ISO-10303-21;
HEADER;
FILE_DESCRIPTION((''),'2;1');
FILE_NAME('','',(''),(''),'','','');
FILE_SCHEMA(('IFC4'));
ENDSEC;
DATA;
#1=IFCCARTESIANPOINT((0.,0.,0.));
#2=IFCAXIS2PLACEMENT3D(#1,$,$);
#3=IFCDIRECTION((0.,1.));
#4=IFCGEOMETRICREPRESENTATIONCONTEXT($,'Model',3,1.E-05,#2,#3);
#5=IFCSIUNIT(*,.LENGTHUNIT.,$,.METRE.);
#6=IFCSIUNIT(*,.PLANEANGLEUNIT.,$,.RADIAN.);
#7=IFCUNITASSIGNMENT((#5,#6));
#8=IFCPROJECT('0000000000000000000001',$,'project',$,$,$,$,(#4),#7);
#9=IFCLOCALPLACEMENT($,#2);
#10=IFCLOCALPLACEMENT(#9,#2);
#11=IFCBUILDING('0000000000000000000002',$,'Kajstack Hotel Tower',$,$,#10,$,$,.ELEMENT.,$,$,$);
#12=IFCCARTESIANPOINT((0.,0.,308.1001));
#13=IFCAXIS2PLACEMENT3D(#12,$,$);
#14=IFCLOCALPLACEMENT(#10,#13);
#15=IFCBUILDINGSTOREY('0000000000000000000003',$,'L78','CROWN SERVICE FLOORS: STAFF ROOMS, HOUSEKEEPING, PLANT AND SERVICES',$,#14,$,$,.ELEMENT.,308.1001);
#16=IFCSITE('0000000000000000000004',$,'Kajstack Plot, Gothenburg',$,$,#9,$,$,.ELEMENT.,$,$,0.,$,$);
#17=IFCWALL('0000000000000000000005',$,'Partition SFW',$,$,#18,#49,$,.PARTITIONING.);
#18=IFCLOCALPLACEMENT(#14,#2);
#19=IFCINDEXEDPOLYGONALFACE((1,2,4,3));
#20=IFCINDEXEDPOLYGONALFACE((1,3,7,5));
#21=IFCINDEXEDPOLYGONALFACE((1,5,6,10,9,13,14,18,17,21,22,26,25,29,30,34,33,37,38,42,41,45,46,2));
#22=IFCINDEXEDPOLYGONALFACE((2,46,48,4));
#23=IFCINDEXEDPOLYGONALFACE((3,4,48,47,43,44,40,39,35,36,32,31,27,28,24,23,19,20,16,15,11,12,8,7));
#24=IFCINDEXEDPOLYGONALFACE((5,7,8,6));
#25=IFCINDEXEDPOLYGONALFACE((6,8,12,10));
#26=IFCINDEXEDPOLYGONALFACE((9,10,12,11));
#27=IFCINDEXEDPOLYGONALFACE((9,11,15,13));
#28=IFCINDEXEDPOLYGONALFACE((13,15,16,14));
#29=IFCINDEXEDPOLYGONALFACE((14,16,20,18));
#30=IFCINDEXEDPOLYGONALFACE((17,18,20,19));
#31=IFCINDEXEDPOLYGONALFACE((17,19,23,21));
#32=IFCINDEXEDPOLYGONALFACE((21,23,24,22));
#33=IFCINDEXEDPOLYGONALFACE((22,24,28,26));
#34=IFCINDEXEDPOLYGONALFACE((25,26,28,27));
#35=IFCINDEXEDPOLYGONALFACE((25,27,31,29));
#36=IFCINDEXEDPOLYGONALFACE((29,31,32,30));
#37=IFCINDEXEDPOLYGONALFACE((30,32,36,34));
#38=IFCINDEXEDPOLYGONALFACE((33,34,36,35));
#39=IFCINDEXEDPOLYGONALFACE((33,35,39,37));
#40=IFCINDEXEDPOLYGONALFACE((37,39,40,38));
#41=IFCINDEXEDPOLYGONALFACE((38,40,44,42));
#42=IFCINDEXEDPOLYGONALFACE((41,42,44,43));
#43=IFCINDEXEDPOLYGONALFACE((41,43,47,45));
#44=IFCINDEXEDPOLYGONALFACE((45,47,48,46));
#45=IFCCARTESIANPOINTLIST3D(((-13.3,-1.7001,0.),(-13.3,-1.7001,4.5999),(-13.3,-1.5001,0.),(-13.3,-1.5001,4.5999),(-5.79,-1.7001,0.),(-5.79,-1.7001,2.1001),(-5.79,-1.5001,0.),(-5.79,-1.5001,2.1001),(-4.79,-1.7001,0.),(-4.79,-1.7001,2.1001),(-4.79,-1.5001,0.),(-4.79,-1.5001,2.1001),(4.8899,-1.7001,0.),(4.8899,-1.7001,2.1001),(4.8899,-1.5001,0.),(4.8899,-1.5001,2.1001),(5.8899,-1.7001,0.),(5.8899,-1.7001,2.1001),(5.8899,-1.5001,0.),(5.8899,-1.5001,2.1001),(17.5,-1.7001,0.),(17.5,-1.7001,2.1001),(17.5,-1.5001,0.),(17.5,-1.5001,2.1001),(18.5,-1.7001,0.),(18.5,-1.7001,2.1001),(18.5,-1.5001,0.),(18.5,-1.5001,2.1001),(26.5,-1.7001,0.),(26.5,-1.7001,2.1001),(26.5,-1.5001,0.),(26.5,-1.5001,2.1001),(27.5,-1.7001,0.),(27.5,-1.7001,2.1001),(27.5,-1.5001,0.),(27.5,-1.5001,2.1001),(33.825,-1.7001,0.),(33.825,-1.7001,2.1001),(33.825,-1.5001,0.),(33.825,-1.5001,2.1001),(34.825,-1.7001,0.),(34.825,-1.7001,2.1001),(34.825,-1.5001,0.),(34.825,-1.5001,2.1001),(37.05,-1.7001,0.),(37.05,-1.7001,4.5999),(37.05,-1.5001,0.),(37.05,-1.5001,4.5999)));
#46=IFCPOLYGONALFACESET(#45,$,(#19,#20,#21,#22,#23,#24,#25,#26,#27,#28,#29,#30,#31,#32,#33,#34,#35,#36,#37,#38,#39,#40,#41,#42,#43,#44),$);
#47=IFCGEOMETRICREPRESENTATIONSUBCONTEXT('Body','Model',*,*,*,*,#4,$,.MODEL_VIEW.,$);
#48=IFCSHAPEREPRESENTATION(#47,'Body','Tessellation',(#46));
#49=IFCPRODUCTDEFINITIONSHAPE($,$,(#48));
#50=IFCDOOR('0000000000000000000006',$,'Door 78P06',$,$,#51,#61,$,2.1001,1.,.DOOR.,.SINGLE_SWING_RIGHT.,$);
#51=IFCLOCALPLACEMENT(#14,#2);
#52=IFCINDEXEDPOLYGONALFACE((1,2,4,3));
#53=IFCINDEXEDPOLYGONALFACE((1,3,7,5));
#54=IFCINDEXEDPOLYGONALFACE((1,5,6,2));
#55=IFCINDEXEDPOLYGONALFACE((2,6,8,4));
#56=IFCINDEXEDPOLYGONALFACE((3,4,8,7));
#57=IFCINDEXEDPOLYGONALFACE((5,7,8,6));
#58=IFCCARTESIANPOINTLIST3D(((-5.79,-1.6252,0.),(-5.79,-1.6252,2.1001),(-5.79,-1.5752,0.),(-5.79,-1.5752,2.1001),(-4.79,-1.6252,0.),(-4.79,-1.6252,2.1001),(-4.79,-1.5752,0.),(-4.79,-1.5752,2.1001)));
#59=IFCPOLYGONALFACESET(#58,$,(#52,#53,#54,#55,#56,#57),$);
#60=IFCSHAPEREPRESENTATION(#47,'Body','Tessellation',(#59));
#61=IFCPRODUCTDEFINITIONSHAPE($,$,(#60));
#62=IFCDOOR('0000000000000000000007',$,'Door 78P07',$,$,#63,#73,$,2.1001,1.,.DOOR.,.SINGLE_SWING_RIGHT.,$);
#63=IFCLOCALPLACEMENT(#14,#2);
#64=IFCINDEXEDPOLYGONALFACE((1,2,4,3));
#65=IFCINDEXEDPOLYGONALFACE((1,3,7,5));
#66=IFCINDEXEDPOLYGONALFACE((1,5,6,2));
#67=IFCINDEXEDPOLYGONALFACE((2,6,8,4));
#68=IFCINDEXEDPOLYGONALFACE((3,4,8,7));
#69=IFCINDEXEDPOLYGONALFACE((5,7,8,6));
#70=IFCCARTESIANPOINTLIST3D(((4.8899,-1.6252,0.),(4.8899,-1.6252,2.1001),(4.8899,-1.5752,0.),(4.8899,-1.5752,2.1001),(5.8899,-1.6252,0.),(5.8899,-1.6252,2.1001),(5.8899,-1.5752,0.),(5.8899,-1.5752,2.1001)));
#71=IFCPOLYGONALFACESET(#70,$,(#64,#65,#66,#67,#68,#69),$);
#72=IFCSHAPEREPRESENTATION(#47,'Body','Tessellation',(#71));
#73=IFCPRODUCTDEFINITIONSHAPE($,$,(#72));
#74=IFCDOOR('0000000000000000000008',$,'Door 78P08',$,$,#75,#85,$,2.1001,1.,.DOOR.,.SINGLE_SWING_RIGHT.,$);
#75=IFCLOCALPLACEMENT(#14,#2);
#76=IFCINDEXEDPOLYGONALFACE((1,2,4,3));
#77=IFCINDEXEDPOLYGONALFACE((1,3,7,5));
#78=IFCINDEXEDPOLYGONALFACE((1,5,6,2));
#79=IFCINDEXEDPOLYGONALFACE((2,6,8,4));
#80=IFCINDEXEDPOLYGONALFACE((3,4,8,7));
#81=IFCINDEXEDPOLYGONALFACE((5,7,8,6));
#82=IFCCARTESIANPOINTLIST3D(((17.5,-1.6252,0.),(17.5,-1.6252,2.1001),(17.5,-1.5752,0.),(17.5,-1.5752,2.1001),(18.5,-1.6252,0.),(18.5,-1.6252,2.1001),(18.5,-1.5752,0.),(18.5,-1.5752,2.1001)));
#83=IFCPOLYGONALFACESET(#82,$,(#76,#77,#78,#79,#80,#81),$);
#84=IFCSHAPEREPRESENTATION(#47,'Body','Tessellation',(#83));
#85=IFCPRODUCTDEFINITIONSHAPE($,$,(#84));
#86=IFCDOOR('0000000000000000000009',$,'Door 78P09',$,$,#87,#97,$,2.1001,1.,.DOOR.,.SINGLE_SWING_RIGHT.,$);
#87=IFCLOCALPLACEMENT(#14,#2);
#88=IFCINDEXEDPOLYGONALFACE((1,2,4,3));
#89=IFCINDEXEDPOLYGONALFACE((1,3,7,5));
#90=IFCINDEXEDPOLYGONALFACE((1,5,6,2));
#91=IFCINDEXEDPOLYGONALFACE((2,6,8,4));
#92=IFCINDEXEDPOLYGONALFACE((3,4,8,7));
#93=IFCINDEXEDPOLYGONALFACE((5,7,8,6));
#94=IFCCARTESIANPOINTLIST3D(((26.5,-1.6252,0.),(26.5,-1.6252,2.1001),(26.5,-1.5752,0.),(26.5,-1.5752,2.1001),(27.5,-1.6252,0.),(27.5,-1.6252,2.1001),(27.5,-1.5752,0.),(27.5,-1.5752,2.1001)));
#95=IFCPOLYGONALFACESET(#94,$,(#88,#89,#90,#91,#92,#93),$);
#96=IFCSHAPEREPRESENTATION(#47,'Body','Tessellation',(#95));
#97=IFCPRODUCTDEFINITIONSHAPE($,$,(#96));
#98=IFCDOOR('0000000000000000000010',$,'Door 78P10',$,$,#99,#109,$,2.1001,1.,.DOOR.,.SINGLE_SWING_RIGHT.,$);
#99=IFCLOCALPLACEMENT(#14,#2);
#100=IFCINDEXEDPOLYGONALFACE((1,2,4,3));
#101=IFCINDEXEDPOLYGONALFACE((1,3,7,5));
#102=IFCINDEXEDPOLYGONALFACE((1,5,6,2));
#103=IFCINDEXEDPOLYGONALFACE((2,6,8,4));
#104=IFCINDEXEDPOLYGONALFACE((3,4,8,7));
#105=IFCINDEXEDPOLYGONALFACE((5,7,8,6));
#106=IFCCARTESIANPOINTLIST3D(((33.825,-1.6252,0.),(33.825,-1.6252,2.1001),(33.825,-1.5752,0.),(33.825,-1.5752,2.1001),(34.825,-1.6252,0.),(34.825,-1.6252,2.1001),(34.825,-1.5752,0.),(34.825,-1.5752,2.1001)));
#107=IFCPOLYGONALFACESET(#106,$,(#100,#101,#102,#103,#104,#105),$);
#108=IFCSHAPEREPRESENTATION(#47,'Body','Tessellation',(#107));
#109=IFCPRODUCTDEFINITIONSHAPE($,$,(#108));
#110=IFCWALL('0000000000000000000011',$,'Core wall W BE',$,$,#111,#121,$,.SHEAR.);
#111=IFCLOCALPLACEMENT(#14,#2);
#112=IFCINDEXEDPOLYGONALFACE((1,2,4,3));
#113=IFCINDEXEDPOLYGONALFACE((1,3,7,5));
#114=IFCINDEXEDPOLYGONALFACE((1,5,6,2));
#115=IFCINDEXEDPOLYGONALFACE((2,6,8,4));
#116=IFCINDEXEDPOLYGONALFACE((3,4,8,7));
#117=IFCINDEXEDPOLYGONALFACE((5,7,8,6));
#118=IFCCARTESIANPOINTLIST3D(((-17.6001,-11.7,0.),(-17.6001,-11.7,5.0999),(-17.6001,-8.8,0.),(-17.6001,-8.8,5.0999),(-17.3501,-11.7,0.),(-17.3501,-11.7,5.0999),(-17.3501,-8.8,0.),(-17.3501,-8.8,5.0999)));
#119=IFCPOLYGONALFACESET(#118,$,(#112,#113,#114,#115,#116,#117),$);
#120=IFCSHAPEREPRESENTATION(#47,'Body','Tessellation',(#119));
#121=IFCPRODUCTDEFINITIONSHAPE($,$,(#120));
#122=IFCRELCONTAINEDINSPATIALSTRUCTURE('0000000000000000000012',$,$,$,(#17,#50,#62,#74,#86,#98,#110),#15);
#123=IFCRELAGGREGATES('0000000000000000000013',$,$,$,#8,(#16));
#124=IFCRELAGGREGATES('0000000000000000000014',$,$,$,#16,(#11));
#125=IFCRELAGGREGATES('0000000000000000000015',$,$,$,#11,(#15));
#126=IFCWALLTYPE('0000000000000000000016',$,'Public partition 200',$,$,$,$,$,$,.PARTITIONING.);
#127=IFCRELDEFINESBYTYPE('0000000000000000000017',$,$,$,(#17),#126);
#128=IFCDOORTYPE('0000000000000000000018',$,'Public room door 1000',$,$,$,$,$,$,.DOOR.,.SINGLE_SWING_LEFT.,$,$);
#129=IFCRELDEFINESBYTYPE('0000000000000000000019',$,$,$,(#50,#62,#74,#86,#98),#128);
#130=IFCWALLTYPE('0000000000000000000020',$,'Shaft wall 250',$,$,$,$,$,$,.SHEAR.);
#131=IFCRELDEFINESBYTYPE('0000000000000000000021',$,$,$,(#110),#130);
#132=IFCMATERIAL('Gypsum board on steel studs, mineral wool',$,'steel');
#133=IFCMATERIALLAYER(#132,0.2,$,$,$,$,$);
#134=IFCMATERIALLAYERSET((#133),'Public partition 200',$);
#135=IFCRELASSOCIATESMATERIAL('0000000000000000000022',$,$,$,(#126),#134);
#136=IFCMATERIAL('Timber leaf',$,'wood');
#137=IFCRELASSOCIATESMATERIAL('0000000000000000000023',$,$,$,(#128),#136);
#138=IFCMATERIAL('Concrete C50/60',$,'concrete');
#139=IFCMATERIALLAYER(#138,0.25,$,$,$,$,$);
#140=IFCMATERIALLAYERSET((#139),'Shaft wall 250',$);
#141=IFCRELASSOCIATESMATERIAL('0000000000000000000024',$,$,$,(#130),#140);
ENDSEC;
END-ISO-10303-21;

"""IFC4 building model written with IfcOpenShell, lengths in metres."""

from ifc_helpers import new_model, si_unit, direction, frame, frame_2d, origin, place, context, subcontext, project, spatial, rectangle, extrude, material, layer, layer_set, type_object, element, fill, save


model = new_model("IFC4")

# Units and contexts
model_context = context("Model", 3, precision=1e-05, world=origin(), true_north=direction((0.0, 1.0)))
body_context = subcontext(model_context, "Body", "Model", "MODEL_VIEW")
ifc_project = project(units=[si_unit("LENGTHUNIT", "METRE"), si_unit("PLANEANGLEUNIT", "RADIAN")], contexts=[model_context])

# Site, building, storey
site_placement = place(None, origin())
site = spatial("IfcSite", under=ifc_project, at=site_placement, Name="Kajstack Plot, Gothenburg", CompositionType="ELEMENT", RefElevation=0.0)
building_placement = place(site_placement, origin())
building = spatial("IfcBuilding", under=site, at=building_placement, Name="Kajstack Hotel Tower", CompositionType="ELEMENT")
storey_placement = place(building_placement, frame((0.0, 0.0, 308.1001)))
storey = spatial("IfcBuildingStorey", under=building, at=storey_placement, Name="L78", Description="CROWN SERVICE FLOORS: STAFF ROOMS, HOUSEKEEPING, PLANT AND SERVICES", CompositionType="ELEMENT", Elevation=308.1001)

# Wall, openings, doors
ifc_material_1 = material(Name="Gypsum board on steel studs, mineral wool", Category="steel")
ifc_layer_1 = layer(ifc_material_1, 0.2)
ifc_layer_set_1 = layer_set([ifc_layer_1], Name="Public partition 200")
wall_type_1 = type_object("IfcWallType", Name="Public partition 200", PredefinedType="PARTITIONING", material=ifc_layer_set_1)
wall_1_placement = place(storey_placement, frame((-13.3, -1.6001, 0.0), z_axis=(0.0, 0.0, 1.0), x_axis=(1.0, 0.0, 0.0)))
wall_1 = element("IfcWall", 1, at=wall_1_placement, inside=storey, type_object=wall_type_1, Name="Partition SFW", PredefinedType="PARTITIONING", context=body_context, shape_type="SweptSolid", body=[
    extrude(rectangle(XDim=50.3501, YDim=0.2, at=frame_2d((25.175, 0.0))), origin(), (0.0, 0.0, 1.0), 4.5999),
])
opening_1_placement = place(wall_1_placement, frame((7.51, 0.0, 0.0)))
opening_1 = element("IfcOpeningElement", 2, at=opening_1_placement, cuts=wall_1, PredefinedType="OPENING", context=body_context, shape_type="SweptSolid", body=[
    extrude(rectangle(XDim=1.0, YDim=2.1001, at=frame_2d((0.5, 1.05))), frame((0.0, 0.1099, 0.0), z_axis=(0.0, -1.0, 0.0), x_axis=(1.0, 0.0, 0.0)), (0.0, 0.0, 1.0), 0.22),
])
opening_2_placement = place(wall_1_placement, frame((18.1899, 0.0, 0.0)))
opening_2 = element("IfcOpeningElement", 3, at=opening_2_placement, cuts=wall_1, PredefinedType="OPENING", context=body_context, shape_type="SweptSolid", body=[
    extrude(rectangle(XDim=1.0, YDim=2.1001, at=frame_2d((0.5, 1.05))), frame((0.0, 0.1099, 0.0), z_axis=(0.0, -1.0, 0.0), x_axis=(1.0, 0.0, 0.0)), (0.0, 0.0, 1.0), 0.22),
])
opening_3_placement = place(wall_1_placement, frame((30.8, 0.0, 0.0)))
opening_3 = element("IfcOpeningElement", 4, at=opening_3_placement, cuts=wall_1, PredefinedType="OPENING", context=body_context, shape_type="SweptSolid", body=[
    extrude(rectangle(XDim=1.0, YDim=2.1001, at=frame_2d((0.5, 1.05))), frame((0.0, 0.1099, 0.0), z_axis=(0.0, -1.0, 0.0), x_axis=(1.0, 0.0, 0.0)), (0.0, 0.0, 1.0), 0.22),
])
opening_4_placement = place(wall_1_placement, frame((39.8, 0.0, 0.0)))
opening_4 = element("IfcOpeningElement", 5, at=opening_4_placement, cuts=wall_1, PredefinedType="OPENING", context=body_context, shape_type="SweptSolid", body=[
    extrude(rectangle(XDim=1.0, YDim=2.1001, at=frame_2d((0.5, 1.05))), frame((0.0, 0.1099, 0.0), z_axis=(0.0, -1.0, 0.0), x_axis=(1.0, 0.0, 0.0)), (0.0, 0.0, 1.0), 0.22),
])
opening_5_placement = place(wall_1_placement, frame((47.125, 0.0, 0.0)))
opening_5 = element("IfcOpeningElement", 6, at=opening_5_placement, cuts=wall_1, PredefinedType="OPENING", context=body_context, shape_type="SweptSolid", body=[
    extrude(rectangle(XDim=1.0, YDim=2.1001, at=frame_2d((0.5, 1.05))), frame((0.0, 0.1099, 0.0), z_axis=(0.0, -1.0, 0.0), x_axis=(1.0, 0.0, 0.0)), (0.0, 0.0, 1.0), 0.22),
])
ifc_material_2 = material(Name="Timber leaf", Category="wood")
door_type = type_object("IfcDoorType", Name="Public room door 1000", OperationType="SINGLE_SWING_LEFT", PredefinedType="DOOR", material=ifc_material_2)
door_1_placement = place(opening_1_placement, origin())
door_1 = element("IfcDoor", 7, at=door_1_placement, inside=storey, type_object=door_type, Name="Door 78P06", OperationType="SINGLE_SWING_RIGHT", OverallHeight=2.1001, OverallWidth=1.0, PredefinedType="DOOR", context=body_context, shape_type="SweptSolid", body=[
    extrude(rectangle(XDim=1.0, YDim=2.1001, at=frame_2d((0.5, 1.05))), frame((0.0, 0.0249, 0.0), z_axis=(0.0, -1.0, 0.0), x_axis=(1.0, 0.0, 0.0)), (0.0, 0.0, 1.0), 0.05),
])
fill(opening_1, door_1)
door_2_placement = place(opening_2_placement, origin())
door_2 = element("IfcDoor", 8, at=door_2_placement, inside=storey, type_object=door_type, Name="Door 78P07", OperationType="SINGLE_SWING_RIGHT", OverallHeight=2.1001, OverallWidth=1.0, PredefinedType="DOOR", context=body_context, shape_type="SweptSolid", body=[
    extrude(rectangle(XDim=1.0, YDim=2.1001, at=frame_2d((0.5, 1.05))), frame((0.0, 0.0249, 0.0), z_axis=(0.0, -1.0, 0.0), x_axis=(1.0, 0.0, 0.0)), (0.0, 0.0, 1.0), 0.05),
])
fill(opening_2, door_2)
door_3_placement = place(opening_3_placement, origin())
door_3 = element("IfcDoor", 9, at=door_3_placement, inside=storey, type_object=door_type, Name="Door 78P08", OperationType="SINGLE_SWING_RIGHT", OverallHeight=2.1001, OverallWidth=1.0, PredefinedType="DOOR", context=body_context, shape_type="SweptSolid", body=[
    extrude(rectangle(XDim=1.0, YDim=2.1001, at=frame_2d((0.5, 1.05))), frame((0.0, 0.0249, 0.0), z_axis=(0.0, -1.0, 0.0), x_axis=(1.0, 0.0, 0.0)), (0.0, 0.0, 1.0), 0.05),
])
fill(opening_3, door_3)
door_4_placement = place(opening_4_placement, origin())
door_4 = element("IfcDoor", 10, at=door_4_placement, inside=storey, type_object=door_type, Name="Door 78P09", OperationType="SINGLE_SWING_RIGHT", OverallHeight=2.1001, OverallWidth=1.0, PredefinedType="DOOR", context=body_context, shape_type="SweptSolid", body=[
    extrude(rectangle(XDim=1.0, YDim=2.1001, at=frame_2d((0.5, 1.05))), frame((0.0, 0.0249, 0.0), z_axis=(0.0, -1.0, 0.0), x_axis=(1.0, 0.0, 0.0)), (0.0, 0.0, 1.0), 0.05),
])
fill(opening_4, door_4)
door_5_placement = place(opening_5_placement, origin())
door_5 = element("IfcDoor", 11, at=door_5_placement, inside=storey, type_object=door_type, Name="Door 78P10", OperationType="SINGLE_SWING_RIGHT", OverallHeight=2.1001, OverallWidth=1.0, PredefinedType="DOOR", context=body_context, shape_type="SweptSolid", body=[
    extrude(rectangle(XDim=1.0, YDim=2.1001, at=frame_2d((0.5, 1.05))), frame((0.0, 0.0249, 0.0), z_axis=(0.0, -1.0, 0.0), x_axis=(1.0, 0.0, 0.0)), (0.0, 0.0, 1.0), 0.05),
])
fill(opening_5, door_5)

# Wall
ifc_material_3 = material(Name="Concrete C50/60", Category="concrete")
ifc_layer_2 = layer(ifc_material_3, 0.25)
ifc_layer_set_2 = layer_set([ifc_layer_2], Name="Shaft wall 250")
wall_type_2 = type_object("IfcWallType", Name="Shaft wall 250", PredefinedType="SHEAR", material=ifc_layer_set_2)
wall_2_placement = place(storey_placement, frame((-17.4751, -11.7, 0.0), z_axis=(0.0, 0.0, 1.0), x_axis=(0.0, 1.0, 0.0)))
element("IfcWall", 12, at=wall_2_placement, inside=storey, type_object=wall_type_2, Name="Core wall W BE", PredefinedType="SHEAR", context=body_context, shape_type="SweptSolid", body=[
    extrude(rectangle(XDim=2.8999, YDim=0.25, at=frame_2d((1.45, 0.0))), origin(), (0.0, 0.0, 1.0), 5.0999),
])

save(model, "model.ifc")
